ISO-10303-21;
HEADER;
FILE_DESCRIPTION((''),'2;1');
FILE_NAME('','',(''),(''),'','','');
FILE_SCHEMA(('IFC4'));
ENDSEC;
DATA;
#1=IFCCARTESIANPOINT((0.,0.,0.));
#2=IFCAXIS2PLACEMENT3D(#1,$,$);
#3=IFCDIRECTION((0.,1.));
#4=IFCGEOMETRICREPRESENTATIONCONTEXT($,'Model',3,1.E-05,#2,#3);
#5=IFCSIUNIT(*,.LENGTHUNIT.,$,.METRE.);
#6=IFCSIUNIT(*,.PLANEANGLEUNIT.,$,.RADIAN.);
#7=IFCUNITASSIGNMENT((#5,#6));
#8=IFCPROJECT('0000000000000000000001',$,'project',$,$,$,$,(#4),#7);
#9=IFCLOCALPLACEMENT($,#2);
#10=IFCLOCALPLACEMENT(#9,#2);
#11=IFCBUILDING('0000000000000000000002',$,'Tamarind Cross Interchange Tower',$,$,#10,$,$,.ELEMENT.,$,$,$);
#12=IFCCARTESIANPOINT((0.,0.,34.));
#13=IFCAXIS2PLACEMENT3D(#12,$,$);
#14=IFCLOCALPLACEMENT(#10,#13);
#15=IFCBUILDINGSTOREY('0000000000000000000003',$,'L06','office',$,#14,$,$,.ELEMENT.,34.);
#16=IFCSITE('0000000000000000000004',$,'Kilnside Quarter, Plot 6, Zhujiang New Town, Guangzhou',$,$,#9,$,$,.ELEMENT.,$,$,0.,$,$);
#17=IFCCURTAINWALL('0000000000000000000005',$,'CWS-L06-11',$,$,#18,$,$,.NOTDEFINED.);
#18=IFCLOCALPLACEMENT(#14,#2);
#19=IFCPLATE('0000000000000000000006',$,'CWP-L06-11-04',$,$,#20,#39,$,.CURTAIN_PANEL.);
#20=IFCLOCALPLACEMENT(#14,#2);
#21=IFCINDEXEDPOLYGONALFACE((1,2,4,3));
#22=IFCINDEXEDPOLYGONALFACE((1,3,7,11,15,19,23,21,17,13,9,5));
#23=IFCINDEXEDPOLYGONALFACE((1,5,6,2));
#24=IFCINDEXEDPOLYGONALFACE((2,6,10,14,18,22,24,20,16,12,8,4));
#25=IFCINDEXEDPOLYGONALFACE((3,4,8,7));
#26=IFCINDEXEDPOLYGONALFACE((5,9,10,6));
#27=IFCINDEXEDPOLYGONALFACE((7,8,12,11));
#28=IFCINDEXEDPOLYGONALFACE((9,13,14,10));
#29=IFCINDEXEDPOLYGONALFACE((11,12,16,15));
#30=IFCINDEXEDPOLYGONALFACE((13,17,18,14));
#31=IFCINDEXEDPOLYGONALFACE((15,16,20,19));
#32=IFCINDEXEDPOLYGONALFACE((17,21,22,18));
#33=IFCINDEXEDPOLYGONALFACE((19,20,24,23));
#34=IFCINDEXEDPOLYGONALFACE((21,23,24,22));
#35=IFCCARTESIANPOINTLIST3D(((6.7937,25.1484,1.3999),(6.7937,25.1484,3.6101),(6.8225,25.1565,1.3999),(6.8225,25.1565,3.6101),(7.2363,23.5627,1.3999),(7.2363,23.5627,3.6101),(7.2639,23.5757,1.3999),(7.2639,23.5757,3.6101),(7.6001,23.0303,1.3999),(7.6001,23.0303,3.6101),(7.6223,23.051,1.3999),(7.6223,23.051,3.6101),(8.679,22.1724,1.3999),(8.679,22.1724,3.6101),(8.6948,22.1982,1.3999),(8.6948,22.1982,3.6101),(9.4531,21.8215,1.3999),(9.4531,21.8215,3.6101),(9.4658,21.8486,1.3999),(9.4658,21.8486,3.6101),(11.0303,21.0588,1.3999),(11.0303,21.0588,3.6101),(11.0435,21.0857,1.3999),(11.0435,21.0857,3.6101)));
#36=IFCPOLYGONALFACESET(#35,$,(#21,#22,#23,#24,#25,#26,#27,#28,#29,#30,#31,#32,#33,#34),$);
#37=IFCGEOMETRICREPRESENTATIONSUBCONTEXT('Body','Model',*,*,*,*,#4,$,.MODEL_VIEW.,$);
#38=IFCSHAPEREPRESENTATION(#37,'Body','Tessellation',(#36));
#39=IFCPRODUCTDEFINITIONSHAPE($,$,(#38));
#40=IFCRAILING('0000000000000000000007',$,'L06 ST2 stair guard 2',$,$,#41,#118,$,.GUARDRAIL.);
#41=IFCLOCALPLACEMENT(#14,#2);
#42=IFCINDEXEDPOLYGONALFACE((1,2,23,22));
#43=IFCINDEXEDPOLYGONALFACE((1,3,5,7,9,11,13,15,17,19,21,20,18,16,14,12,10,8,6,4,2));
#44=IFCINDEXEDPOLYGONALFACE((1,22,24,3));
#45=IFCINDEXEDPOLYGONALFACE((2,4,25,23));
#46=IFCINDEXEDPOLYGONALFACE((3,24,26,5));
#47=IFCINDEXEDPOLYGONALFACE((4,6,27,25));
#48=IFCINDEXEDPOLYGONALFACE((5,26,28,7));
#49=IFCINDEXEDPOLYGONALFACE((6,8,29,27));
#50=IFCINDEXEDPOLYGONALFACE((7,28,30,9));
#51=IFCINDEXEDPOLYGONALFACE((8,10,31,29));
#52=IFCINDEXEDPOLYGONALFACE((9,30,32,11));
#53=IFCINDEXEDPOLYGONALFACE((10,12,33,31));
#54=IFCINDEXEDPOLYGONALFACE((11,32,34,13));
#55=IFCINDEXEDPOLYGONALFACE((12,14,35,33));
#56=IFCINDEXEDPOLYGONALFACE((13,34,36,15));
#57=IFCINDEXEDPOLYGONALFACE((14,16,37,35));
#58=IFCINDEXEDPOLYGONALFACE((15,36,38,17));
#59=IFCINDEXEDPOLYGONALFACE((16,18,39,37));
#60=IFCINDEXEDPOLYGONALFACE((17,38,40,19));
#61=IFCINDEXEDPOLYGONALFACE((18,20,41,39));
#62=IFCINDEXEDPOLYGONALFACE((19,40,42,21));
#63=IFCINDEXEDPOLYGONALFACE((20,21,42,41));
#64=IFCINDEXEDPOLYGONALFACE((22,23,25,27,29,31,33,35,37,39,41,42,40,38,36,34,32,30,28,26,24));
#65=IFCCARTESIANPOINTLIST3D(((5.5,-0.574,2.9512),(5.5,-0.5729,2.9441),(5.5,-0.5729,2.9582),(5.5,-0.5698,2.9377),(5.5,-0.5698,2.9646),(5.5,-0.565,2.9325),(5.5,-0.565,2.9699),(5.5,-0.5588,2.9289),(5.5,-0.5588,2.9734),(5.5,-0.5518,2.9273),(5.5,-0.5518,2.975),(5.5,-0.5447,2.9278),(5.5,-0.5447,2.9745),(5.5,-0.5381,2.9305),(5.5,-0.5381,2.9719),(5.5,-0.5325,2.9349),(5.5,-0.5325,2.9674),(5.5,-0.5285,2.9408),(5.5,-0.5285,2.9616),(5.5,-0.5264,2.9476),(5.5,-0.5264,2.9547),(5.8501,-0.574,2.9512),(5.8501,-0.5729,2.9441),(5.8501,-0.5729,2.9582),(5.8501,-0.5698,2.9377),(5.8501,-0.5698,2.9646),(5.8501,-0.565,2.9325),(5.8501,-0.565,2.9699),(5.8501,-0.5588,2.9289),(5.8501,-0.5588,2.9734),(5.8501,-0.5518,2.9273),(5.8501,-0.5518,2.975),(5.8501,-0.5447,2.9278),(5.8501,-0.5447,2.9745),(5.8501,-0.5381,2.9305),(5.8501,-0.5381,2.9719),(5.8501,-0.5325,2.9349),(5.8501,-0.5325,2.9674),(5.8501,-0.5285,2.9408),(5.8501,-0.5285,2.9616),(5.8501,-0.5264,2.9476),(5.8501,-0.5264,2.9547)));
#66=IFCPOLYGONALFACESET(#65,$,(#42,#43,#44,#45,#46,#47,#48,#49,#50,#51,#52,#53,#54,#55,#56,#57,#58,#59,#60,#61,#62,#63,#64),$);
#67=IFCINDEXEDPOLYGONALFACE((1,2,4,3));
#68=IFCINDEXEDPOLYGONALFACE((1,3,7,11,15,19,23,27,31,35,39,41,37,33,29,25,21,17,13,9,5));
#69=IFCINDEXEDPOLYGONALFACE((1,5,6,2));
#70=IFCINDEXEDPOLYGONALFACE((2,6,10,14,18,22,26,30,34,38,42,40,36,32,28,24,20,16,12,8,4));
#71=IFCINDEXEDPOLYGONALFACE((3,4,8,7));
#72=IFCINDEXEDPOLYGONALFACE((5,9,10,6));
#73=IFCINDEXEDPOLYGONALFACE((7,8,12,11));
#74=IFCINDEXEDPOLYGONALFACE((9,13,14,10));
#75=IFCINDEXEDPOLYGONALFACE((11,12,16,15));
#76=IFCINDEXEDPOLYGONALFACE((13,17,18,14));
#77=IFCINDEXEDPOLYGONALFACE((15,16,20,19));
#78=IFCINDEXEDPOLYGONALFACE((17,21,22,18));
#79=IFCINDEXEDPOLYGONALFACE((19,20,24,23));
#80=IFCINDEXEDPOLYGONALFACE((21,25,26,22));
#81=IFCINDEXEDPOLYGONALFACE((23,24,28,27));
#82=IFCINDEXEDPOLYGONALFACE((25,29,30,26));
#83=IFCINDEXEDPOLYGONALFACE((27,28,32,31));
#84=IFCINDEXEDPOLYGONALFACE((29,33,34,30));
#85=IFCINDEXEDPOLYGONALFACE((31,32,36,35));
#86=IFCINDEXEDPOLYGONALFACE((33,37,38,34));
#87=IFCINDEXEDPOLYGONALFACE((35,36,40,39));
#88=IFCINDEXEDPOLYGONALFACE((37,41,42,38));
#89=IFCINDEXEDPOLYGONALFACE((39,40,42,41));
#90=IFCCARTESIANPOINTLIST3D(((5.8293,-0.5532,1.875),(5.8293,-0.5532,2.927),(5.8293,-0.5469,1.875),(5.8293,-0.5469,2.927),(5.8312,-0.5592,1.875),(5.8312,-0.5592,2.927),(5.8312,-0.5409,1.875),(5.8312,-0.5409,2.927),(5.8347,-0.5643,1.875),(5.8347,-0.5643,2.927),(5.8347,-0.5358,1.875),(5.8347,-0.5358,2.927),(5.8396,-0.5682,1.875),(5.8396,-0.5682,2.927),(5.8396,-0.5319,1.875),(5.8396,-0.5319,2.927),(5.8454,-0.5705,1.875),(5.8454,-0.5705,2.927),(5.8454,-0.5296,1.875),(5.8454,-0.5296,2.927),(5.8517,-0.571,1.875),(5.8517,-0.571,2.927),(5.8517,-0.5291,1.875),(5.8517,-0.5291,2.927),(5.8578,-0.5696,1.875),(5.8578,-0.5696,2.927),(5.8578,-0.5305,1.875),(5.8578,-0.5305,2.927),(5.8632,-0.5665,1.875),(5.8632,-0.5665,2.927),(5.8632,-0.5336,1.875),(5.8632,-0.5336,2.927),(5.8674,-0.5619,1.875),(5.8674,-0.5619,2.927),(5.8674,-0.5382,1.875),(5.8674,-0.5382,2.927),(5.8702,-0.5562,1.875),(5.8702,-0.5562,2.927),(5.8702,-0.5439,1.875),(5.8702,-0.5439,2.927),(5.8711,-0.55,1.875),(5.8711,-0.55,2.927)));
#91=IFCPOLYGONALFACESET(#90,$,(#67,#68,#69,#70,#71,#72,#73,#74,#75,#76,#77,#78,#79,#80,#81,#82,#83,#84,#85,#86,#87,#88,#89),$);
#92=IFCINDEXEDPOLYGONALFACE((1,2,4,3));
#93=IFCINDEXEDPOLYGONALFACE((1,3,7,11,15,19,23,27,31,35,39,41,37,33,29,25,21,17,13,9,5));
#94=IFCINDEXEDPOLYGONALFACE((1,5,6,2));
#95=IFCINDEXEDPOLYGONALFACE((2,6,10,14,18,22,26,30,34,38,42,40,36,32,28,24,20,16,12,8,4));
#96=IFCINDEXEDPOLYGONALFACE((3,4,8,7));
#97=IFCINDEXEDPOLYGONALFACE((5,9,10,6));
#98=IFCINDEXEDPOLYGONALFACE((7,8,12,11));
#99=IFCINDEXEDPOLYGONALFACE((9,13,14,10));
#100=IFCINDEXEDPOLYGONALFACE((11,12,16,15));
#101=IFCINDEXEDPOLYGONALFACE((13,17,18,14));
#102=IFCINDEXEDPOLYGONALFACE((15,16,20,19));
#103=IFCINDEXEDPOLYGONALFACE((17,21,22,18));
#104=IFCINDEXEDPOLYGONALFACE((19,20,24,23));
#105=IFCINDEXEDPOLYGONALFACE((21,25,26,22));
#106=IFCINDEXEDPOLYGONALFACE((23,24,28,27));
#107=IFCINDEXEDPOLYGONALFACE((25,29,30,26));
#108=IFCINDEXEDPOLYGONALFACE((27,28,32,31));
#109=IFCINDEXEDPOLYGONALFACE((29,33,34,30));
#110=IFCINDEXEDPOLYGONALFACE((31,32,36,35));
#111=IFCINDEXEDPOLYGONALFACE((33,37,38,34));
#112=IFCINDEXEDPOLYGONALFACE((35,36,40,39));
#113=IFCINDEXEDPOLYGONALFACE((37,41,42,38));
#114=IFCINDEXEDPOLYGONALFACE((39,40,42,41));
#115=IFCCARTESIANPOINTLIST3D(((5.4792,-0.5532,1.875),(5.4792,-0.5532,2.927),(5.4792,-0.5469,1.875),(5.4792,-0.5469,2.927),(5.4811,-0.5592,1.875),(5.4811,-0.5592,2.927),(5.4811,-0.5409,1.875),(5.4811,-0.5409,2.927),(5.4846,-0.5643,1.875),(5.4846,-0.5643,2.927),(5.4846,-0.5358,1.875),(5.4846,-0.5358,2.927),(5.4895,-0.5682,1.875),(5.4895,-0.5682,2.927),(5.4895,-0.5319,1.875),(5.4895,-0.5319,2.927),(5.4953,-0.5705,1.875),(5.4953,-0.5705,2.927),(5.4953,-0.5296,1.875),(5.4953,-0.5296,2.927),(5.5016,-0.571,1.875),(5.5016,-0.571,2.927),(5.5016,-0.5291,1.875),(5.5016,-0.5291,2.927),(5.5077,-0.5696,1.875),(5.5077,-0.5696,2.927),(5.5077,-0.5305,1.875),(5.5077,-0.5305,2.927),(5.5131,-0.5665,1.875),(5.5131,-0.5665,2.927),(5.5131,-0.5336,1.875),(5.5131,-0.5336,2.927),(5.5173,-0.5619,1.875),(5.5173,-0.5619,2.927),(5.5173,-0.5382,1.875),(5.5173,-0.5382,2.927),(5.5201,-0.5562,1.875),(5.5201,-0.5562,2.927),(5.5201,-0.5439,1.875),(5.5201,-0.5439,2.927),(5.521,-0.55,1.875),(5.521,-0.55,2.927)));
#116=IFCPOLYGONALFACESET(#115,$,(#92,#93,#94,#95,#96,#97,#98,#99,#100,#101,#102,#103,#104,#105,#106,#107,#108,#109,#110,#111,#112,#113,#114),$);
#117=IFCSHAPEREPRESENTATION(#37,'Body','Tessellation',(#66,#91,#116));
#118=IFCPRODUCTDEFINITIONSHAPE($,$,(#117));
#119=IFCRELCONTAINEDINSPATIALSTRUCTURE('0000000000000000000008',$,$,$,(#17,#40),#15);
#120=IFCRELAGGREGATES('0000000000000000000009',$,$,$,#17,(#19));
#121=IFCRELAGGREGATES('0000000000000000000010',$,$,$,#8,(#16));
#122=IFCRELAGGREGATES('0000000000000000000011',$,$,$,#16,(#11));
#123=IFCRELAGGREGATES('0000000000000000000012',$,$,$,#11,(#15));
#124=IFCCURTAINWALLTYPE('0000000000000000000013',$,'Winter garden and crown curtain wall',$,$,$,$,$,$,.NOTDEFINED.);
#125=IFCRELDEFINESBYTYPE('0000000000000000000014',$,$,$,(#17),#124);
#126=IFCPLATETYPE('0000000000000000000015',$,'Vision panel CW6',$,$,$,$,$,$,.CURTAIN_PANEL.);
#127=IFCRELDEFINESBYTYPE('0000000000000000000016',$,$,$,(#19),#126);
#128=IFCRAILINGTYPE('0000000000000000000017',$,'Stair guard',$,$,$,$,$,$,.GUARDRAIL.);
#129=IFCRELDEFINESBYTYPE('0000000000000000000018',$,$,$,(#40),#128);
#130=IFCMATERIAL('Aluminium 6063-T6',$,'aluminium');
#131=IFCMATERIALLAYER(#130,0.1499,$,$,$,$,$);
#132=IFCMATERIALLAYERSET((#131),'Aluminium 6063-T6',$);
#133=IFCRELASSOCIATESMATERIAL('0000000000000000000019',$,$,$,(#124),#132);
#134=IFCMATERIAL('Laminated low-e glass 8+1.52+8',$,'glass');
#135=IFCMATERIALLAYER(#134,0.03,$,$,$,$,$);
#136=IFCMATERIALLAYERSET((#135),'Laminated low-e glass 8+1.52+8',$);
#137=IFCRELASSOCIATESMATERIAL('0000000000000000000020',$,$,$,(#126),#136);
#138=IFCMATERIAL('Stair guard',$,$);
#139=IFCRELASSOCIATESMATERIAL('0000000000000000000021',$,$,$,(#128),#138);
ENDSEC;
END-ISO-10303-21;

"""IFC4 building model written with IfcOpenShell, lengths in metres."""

from ifc_helpers import new_model, si_unit, direction, frame, origin, origin_2d, place, context, subcontext, project, spatial, polyline, circle, outline, extrude, material, layer, layer_set, type_object, element, aggregate, save


model = new_model("IFC4")

# Units and contexts
model_context = context("Model", 3, precision=1e-05, world=origin(), true_north=direction((0.0, 1.0)))
body_context = subcontext(model_context, "Body", "Model", "MODEL_VIEW")
ifc_project = project(units=[si_unit("LENGTHUNIT", "METRE"), si_unit("PLANEANGLEUNIT", "RADIAN")], contexts=[model_context])

# Site, building, storey
site_placement = place(None, origin())
site = spatial("IfcSite", under=ifc_project, at=site_placement, Name="Kilnside Quarter, Plot 6, Zhujiang New Town, Guangzhou", CompositionType="ELEMENT", RefElevation=0.0)
building_placement = place(site_placement, origin())
building = spatial("IfcBuilding", under=site, at=building_placement, Name="Tamarind Cross Interchange Tower", CompositionType="ELEMENT")
storey_placement = place(building_placement, frame((0.0, 0.0, 34.0)))
storey = spatial("IfcBuildingStorey", under=building, at=storey_placement, Name="L06", Description="office", CompositionType="ELEMENT", Elevation=34.0)

# Curtain wall
ifc_material_1 = material(Name="Aluminium 6063-T6", Category="aluminium")
ifc_layer_1 = layer(ifc_material_1, 0.1499)
ifc_layer_set_1 = layer_set([ifc_layer_1], Name="Aluminium 6063-T6")
curtain_wall_type_1 = type_object("IfcCurtainWallType", Name="Winter garden and crown curtain wall", PredefinedType="NOTDEFINED", material=ifc_layer_set_1)
curtain_wall_1_placement = place(storey_placement, origin())
curtain_wall_1 = element("IfcCurtainWall", 1, at=curtain_wall_1_placement, inside=storey, type_object=curtain_wall_type_1, Name="CWS-L06-11", PredefinedType="NOTDEFINED")

# Shared definitions
ifc_material_2 = material(Name="Laminated low-e glass 8+1.52+8", Category="glass")

# Plate
ifc_layer_2 = layer(ifc_material_2, 0.03)
ifc_layer_set_2 = layer_set([ifc_layer_2], Name="Laminated low-e glass 8+1.52+8")
plate_type_1 = type_object("IfcPlateType", Name="Vision panel CW6", PredefinedType="CURTAIN_PANEL", material=ifc_layer_set_2)
plate_1_placement = place(storey_placement, frame((0.0, 0.0, 1.3999)))
plate_1 = element("IfcPlate", 2, at=plate_1_placement, type_object=plate_type_1, Name="CWP-L06-11-04", PredefinedType="CURTAIN_PANEL", context=body_context, shape_type="SweptSolid", body=[
    extrude(outline(polyline([(11.0303, 21.0588), (9.4531, 21.8215), (8.679, 22.1724), (7.6001, 23.0303), (7.2363, 23.5627), (6.7937, 25.1484), (6.8225, 25.1565), (7.2639, 23.5757), (7.6223, 23.051), (8.6948, 22.1982), (9.4658, 21.8486), (11.0435, 21.0857), (11.0303, 21.0588)])), origin(), (0.0, 0.0, 1.0), 2.2102),
])
aggregate(curtain_wall_1, [plate_1])

# Railing
ifc_material_3 = material(Name="Stair guard")
railing_type = type_object("IfcRailingType", Name="Stair guard", PredefinedType="GUARDRAIL", material=ifc_material_3)
railing_1_placement = place(storey_placement, frame((5.8501, -0.55, 1.875)))
element("IfcRailing", 3, at=railing_1_placement, inside=storey, type_object=railing_type, Name="L06 ST2 stair guard 2", PredefinedType="GUARDRAIL", context=body_context, shape_type="SweptSolid", body=[
    extrude(circle(Radius=0.0239, at=origin_2d()), frame((0.0, 0.0, 1.0762), z_axis=(-1.0, 0.0, 0.0), x_axis=(0.0, -1.0, 0.0)), (0.0, 0.0, 1.0), 0.3501),
    extrude(circle(Radius=0.021, at=origin_2d()), origin(), (0.0, 0.0, 1.0), 1.052),
    extrude(circle(Radius=0.021, at=origin_2d()), frame((-0.3501, 0.0, 0.0)), (0.0, 0.0, 1.0), 1.052),
])

save(model, "model.ifc")
